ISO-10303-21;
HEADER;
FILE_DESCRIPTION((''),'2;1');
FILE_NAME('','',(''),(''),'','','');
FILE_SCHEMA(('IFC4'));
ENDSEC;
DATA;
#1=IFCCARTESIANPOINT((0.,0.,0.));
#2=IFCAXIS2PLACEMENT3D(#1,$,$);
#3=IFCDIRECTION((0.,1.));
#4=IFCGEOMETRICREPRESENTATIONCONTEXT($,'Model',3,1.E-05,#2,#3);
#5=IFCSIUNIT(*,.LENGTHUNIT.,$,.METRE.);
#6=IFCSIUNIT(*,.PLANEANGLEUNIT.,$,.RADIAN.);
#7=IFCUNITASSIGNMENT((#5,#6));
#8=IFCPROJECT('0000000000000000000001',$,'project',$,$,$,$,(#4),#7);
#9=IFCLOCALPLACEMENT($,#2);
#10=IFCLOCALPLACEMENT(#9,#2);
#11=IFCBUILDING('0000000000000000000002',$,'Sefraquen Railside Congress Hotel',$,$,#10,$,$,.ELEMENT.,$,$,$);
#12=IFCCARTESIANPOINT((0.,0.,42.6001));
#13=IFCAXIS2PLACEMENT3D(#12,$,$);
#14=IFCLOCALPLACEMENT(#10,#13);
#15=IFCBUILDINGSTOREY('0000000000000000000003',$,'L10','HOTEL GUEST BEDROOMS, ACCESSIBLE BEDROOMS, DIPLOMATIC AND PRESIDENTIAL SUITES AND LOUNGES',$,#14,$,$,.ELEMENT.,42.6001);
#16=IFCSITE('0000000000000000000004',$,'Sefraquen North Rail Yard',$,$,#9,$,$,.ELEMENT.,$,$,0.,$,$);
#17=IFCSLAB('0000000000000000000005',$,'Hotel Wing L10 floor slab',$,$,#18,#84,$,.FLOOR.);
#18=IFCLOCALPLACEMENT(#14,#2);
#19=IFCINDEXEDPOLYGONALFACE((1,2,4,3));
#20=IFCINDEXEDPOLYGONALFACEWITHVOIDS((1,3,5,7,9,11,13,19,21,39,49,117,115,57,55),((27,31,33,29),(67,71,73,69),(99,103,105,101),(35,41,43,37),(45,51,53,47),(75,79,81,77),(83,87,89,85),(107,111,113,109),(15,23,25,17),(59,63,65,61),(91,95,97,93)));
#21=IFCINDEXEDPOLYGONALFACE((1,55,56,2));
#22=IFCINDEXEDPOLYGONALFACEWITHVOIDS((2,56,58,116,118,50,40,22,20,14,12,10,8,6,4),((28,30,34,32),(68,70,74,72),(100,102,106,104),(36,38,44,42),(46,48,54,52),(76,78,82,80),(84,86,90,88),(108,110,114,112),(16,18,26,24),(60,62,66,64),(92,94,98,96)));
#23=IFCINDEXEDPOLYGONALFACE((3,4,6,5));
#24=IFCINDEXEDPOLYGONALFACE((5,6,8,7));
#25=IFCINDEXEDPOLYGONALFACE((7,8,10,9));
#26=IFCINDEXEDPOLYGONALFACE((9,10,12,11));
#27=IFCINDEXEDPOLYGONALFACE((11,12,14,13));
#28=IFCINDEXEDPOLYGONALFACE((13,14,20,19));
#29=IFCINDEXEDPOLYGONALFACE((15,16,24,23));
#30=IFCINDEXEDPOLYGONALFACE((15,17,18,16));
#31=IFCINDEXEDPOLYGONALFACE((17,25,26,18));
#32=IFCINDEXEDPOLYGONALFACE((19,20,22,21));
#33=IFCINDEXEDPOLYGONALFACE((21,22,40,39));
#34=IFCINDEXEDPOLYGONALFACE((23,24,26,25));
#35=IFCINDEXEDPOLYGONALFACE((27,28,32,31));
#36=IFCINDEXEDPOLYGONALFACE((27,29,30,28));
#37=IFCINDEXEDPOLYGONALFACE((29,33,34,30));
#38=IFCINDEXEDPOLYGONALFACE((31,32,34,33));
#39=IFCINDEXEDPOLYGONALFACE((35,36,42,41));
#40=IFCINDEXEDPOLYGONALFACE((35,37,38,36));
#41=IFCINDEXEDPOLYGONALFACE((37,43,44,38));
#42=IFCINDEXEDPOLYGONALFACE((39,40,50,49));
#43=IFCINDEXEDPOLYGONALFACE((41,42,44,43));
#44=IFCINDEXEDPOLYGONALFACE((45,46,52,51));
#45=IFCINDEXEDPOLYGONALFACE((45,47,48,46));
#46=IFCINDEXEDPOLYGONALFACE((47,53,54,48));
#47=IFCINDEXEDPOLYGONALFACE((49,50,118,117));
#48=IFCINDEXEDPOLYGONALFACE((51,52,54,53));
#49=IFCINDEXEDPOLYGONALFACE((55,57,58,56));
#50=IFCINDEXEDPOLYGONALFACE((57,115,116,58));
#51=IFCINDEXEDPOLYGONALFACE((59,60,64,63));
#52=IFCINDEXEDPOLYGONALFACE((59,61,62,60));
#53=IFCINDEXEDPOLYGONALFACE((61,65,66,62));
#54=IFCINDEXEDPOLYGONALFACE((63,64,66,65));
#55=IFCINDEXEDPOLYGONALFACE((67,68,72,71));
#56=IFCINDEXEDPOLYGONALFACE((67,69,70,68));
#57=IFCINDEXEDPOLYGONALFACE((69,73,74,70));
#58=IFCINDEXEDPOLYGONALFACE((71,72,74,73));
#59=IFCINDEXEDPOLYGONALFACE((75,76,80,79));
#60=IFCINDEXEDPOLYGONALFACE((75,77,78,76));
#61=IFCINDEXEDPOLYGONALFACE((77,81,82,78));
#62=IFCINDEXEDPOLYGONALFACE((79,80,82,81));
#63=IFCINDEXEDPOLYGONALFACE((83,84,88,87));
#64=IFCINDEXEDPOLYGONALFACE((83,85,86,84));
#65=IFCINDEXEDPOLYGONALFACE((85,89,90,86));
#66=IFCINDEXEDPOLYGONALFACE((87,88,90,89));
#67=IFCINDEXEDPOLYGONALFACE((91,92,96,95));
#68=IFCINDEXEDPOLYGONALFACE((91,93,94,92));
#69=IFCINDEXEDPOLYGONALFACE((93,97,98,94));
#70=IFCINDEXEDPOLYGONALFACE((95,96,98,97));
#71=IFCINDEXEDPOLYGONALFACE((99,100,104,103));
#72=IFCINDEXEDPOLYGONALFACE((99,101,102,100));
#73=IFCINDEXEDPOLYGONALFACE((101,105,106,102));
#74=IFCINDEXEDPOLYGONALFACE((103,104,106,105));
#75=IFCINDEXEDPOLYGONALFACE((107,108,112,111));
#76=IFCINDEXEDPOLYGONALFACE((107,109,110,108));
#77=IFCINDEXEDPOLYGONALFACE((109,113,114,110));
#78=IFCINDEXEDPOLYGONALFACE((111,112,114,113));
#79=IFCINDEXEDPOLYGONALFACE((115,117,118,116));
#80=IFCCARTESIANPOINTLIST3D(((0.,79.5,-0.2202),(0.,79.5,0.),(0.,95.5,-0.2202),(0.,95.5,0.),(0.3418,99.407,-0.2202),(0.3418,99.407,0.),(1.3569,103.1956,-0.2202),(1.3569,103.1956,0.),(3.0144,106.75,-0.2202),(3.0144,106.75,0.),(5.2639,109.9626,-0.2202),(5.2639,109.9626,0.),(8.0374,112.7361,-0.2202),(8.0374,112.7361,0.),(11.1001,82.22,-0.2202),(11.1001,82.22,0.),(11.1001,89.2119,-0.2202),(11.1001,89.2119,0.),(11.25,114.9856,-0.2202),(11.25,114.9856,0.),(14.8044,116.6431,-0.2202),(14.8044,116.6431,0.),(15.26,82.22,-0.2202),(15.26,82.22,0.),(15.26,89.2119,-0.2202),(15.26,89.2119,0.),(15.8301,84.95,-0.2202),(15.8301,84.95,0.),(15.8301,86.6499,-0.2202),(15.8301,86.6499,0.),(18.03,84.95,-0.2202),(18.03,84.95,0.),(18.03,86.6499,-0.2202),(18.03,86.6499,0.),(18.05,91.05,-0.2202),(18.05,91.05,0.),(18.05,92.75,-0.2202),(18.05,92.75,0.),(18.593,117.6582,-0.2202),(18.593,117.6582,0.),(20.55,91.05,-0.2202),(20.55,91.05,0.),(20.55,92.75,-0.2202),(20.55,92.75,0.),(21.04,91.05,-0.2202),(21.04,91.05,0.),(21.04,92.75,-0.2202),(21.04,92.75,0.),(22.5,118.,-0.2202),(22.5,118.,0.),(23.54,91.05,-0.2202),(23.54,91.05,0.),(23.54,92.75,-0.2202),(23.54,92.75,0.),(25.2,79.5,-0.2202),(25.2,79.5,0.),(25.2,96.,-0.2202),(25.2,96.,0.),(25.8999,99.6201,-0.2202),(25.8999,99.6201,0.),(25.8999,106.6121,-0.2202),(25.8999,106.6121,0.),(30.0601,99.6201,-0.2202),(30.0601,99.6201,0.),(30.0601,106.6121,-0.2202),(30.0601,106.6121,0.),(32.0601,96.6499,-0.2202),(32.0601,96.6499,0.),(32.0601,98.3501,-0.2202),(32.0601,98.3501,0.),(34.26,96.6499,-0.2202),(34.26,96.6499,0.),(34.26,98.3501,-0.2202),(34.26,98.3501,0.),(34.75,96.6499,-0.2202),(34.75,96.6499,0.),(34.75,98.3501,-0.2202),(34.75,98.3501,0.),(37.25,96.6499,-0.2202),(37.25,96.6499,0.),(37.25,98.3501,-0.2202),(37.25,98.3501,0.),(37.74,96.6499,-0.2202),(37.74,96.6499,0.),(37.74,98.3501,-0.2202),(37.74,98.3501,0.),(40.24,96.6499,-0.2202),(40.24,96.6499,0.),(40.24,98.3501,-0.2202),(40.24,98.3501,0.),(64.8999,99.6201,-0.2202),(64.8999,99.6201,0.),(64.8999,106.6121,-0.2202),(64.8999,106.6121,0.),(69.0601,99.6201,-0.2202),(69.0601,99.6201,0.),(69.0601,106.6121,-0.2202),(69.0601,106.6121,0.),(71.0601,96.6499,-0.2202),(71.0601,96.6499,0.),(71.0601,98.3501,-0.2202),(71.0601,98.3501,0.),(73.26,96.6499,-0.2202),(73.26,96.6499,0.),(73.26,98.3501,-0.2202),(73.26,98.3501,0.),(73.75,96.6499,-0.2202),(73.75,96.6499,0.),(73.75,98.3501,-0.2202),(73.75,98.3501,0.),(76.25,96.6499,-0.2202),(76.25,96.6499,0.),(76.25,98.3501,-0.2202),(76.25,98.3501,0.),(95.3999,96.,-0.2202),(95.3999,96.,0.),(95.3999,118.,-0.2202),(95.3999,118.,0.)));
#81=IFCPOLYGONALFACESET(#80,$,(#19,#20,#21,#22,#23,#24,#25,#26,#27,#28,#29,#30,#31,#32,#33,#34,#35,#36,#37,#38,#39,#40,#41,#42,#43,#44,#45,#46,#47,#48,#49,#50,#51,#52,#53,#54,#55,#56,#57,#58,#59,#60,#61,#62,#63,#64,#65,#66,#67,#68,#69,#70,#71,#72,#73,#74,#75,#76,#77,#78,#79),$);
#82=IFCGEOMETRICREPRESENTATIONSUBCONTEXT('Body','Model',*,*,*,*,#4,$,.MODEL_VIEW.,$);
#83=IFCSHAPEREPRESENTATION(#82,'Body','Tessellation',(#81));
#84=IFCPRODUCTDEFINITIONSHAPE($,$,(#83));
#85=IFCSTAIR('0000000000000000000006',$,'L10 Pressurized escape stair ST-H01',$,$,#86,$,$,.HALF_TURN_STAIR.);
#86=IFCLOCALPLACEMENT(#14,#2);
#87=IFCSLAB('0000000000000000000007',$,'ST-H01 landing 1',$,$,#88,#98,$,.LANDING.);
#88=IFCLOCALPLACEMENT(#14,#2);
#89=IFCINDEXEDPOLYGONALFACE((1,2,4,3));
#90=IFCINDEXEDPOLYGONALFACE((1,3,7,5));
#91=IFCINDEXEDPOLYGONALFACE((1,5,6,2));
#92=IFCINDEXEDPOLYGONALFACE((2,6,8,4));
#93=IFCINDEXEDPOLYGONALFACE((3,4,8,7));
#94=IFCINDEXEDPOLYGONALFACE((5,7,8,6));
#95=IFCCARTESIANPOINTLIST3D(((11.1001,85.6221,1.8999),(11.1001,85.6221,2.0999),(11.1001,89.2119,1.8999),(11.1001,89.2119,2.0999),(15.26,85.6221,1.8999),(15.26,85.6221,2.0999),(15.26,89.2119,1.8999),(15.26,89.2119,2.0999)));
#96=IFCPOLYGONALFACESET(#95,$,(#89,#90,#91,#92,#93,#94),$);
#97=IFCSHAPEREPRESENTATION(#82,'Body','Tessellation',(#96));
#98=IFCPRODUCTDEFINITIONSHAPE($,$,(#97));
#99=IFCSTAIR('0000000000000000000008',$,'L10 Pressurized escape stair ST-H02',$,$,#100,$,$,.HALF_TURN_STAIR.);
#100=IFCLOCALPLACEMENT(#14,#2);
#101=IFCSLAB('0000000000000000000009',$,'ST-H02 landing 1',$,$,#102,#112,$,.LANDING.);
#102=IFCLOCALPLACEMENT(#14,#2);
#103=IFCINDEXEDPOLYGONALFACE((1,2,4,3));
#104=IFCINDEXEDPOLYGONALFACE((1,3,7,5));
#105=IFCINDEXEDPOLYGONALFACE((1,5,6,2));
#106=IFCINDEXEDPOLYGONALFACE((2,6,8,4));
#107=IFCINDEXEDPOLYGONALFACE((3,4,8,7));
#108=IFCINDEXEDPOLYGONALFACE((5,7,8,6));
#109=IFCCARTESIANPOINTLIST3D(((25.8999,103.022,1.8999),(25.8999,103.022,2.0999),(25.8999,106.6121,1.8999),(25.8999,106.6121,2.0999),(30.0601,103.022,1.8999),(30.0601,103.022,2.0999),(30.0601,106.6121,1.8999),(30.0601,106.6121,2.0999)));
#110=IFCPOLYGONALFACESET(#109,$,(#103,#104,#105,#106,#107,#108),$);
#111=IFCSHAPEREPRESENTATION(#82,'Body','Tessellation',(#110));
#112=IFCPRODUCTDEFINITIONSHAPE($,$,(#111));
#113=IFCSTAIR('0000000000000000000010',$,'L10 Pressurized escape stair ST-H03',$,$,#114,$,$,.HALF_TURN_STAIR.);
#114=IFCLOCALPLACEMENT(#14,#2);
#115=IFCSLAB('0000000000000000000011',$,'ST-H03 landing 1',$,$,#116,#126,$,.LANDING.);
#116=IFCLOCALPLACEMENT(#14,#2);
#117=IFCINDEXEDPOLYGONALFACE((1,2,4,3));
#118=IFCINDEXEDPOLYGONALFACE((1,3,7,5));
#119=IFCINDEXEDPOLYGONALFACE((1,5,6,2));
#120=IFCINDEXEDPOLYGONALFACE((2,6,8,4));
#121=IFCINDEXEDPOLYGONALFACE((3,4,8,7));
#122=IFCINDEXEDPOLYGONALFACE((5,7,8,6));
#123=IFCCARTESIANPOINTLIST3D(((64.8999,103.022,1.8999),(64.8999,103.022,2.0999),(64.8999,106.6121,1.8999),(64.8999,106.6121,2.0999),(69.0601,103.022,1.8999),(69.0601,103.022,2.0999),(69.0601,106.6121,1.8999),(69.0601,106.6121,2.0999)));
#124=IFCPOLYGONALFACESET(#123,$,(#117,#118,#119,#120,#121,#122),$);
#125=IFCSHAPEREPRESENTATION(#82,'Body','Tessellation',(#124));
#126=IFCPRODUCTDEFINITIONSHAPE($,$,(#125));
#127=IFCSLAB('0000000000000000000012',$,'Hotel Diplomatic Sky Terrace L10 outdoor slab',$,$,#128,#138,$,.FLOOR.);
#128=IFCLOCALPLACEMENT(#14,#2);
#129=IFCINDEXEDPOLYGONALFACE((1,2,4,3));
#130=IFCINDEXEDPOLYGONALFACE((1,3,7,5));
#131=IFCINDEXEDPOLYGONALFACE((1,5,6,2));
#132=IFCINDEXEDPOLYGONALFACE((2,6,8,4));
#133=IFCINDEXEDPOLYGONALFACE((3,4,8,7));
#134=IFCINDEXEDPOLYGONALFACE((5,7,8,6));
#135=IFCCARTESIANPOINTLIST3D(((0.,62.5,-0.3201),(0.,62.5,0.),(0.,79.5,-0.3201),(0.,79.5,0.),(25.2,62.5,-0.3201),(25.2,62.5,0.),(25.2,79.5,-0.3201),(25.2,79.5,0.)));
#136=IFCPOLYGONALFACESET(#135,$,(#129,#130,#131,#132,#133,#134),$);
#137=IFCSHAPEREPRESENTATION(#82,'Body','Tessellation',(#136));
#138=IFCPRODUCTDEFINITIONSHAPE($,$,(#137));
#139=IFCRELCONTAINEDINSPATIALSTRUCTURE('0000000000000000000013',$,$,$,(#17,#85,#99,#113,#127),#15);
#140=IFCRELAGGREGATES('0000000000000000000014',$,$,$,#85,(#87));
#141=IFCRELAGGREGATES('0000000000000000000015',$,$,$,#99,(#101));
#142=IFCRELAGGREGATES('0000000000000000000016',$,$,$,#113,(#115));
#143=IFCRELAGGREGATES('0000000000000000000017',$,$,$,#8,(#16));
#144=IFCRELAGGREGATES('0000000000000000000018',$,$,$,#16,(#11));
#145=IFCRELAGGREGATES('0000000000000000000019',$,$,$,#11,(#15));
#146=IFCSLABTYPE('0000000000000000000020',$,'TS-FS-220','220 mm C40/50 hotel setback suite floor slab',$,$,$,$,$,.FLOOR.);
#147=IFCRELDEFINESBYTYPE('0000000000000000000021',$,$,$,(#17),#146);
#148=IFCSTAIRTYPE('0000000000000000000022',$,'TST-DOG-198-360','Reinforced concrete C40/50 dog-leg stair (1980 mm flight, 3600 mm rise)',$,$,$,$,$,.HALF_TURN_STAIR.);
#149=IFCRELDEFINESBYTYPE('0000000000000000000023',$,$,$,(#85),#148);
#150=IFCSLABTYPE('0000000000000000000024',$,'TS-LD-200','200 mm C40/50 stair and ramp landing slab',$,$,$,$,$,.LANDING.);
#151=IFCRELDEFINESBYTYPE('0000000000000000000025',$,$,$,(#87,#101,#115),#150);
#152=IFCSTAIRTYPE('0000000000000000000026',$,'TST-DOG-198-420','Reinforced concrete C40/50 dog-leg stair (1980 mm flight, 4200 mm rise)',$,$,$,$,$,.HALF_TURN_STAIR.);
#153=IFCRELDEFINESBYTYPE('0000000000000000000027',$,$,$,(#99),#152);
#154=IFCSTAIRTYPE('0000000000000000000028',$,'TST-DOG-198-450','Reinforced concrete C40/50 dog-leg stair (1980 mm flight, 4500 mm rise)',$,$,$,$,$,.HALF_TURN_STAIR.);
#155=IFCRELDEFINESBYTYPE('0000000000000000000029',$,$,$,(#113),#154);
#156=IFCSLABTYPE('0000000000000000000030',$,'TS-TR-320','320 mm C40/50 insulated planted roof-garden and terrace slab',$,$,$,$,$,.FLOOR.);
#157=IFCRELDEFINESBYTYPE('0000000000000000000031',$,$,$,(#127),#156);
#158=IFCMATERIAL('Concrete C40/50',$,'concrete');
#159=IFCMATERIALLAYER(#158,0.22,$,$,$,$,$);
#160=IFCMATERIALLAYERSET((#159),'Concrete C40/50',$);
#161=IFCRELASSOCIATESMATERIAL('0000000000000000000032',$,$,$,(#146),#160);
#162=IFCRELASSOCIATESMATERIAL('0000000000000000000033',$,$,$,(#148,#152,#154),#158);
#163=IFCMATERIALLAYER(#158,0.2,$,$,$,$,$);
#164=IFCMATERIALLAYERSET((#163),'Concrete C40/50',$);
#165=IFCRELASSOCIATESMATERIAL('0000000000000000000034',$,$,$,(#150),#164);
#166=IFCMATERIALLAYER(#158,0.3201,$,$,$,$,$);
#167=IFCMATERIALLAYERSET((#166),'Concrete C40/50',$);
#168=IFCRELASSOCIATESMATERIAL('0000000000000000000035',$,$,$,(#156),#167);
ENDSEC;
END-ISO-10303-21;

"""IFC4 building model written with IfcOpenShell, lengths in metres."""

from ifc_helpers import new_model, si_unit, direction, frame, origin, place, context, subcontext, project, spatial, polyline, outline, extrude, material, layer, layer_set, type_object, element, aggregate, save


model = new_model("IFC4")

# Units and contexts
model_context = context("Model", 3, precision=1e-05, world=origin(), true_north=direction((0.0, 1.0)))
body_context = subcontext(model_context, "Body", "Model", "MODEL_VIEW")
ifc_project = project(units=[si_unit("LENGTHUNIT", "METRE"), si_unit("PLANEANGLEUNIT", "RADIAN")], contexts=[model_context])

# Site, building, storey
site_placement = place(None, origin())
site = spatial("IfcSite", under=ifc_project, at=site_placement, Name="Sefraquen North Rail Yard", CompositionType="ELEMENT", RefElevation=0.0)
building_placement = place(site_placement, origin())
building = spatial("IfcBuilding", under=site, at=building_placement, Name="Sefraquen Railside Congress Hotel", CompositionType="ELEMENT")
storey_placement = place(building_placement, frame((0.0, 0.0, 42.6001)))
storey = spatial("IfcBuildingStorey", under=building, at=storey_placement, Name="L10", Description="HOTEL GUEST BEDROOMS, ACCESSIBLE BEDROOMS, DIPLOMATIC AND PRESIDENTIAL SUITES AND LOUNGES", CompositionType="ELEMENT", Elevation=42.6001)

# Slab
ifc_material_1 = material(Name="Concrete C40/50", Category="concrete")
ifc_layer_1 = layer(ifc_material_1, 0.22)
ifc_layer_set_1 = layer_set([ifc_layer_1], Name="Concrete C40/50")
slab_type_1 = type_object("IfcSlabType", Name="TS-FS-220", Description="220 mm C40/50 hotel setback suite floor slab", PredefinedType="FLOOR", material=ifc_layer_set_1)
slab_1_placement = place(storey_placement, frame((0.0, 0.0, -0.2202)))
element("IfcSlab", 1, at=slab_1_placement, inside=storey, type_object=slab_type_1, Name="Hotel Wing L10 floor slab", PredefinedType="FLOOR", context=body_context, shape_type="SweptSolid", body=[
    extrude(outline(polyline([(0.0, 79.5), (25.2, 79.5), (25.2, 96.0), (95.3999, 96.0), (95.3999, 118.0), (22.5, 118.0), (18.593, 117.6582), (14.8044, 116.6431), (11.25, 114.9856), (8.0374, 112.7361), (5.2639, 109.9626), (3.0144, 106.75), (1.3569, 103.1956), (0.3418, 99.407), (0.0, 95.5), (0.0, 79.5)]), holes=[polyline([(11.1001, 82.22), (15.26, 82.22), (15.26, 89.2119), (11.1001, 89.2119), (11.1001, 82.22)]), polyline([(25.8999, 99.6201), (30.0601, 99.6201), (30.0601, 106.6121), (25.8999, 106.6121), (25.8999, 99.6201)]), polyline([(64.8999, 99.6201), (69.0601, 99.6201), (69.0601, 106.6121), (64.8999, 106.6121), (64.8999, 99.6201)]), polyline([(15.8301, 84.95), (18.03, 84.95), (18.03, 86.6499), (15.8301, 86.6499), (15.8301, 84.95)]), polyline([(32.0601, 96.6499), (34.26, 96.6499), (34.26, 98.3501), (32.0601, 98.3501), (32.0601, 96.6499)]), polyline([(71.0601, 96.6499), (73.26, 96.6499), (73.26, 98.3501), (71.0601, 98.3501), (71.0601, 96.6499)]), polyline([(18.05, 91.05), (20.55, 91.05), (20.55, 92.75), (18.05, 92.75), (18.05, 91.05)]), polyline([(21.04, 91.05), (23.54, 91.05), (23.54, 92.75), (21.04, 92.75), (21.04, 91.05)]), polyline([(34.75, 96.6499), (37.25, 96.6499), (37.25, 98.3501), (34.75, 98.3501), (34.75, 96.6499)]), polyline([(37.74, 96.6499), (40.24, 96.6499), (40.24, 98.3501), (37.74, 98.3501), (37.74, 96.6499)]), polyline([(73.75, 96.6499), (76.25, 96.6499), (76.25, 98.3501), (73.75, 98.3501), (73.75, 96.6499)])]), origin(), (0.0, 0.0, 1.0), 0.2202),
])

# Stairs, slabs
stair_type_1 = type_object("IfcStairType", Name="TST-DOG-198-360", Description="Reinforced concrete C40/50 dog-leg stair (1980 mm flight, 3600 mm rise)", PredefinedType="HALF_TURN_STAIR", material=ifc_material_1)
stair_1_placement = place(storey_placement, origin())
stair_1 = element("IfcStair", 2, at=stair_1_placement, inside=storey, type_object=stair_type_1, Name="L10 Pressurized escape stair ST-H01", PredefinedType="HALF_TURN_STAIR")
ifc_layer_2 = layer(ifc_material_1, 0.2)
ifc_layer_set_2 = layer_set([ifc_layer_2], Name="Concrete C40/50")
slab_type_2 = type_object("IfcSlabType", Name="TS-LD-200", Description="200 mm C40/50 stair and ramp landing slab", PredefinedType="LANDING", material=ifc_layer_set_2)
slab_2_placement = place(storey_placement, frame((0.0, 0.0, 1.8999)))
slab_2 = element("IfcSlab", 3, at=slab_2_placement, type_object=slab_type_2, Name="ST-H01 landing 1", PredefinedType="LANDING", context=body_context, shape_type="SweptSolid", body=[
    extrude(outline(polyline([(15.26, 85.6221), (15.26, 89.2119), (11.1001, 89.2119), (11.1001, 85.6221), (15.26, 85.6221)])), origin(), (0.0, 0.0, 1.0), 0.2),
])
aggregate(stair_1, [slab_2])
stair_type_2 = type_object("IfcStairType", Name="TST-DOG-198-420", Description="Reinforced concrete C40/50 dog-leg stair (1980 mm flight, 4200 mm rise)", PredefinedType="HALF_TURN_STAIR", material=ifc_material_1)
stair_2_placement = place(storey_placement, origin())
stair_2 = element("IfcStair", 4, at=stair_2_placement, inside=storey, type_object=stair_type_2, Name="L10 Pressurized escape stair ST-H02", PredefinedType="HALF_TURN_STAIR")
slab_3_placement = place(storey_placement, frame((0.0, 0.0, 1.8999)))
slab_3 = element("IfcSlab", 5, at=slab_3_placement, type_object=slab_type_2, Name="ST-H02 landing 1", PredefinedType="LANDING", context=body_context, shape_type="SweptSolid", body=[
    extrude(outline(polyline([(30.0601, 103.022), (30.0601, 106.6121), (25.8999, 106.6121), (25.8999, 103.022), (30.0601, 103.022)])), origin(), (0.0, 0.0, 1.0), 0.2),
])
aggregate(stair_2, [slab_3])
stair_type_3 = type_object("IfcStairType", Name="TST-DOG-198-450", Description="Reinforced concrete C40/50 dog-leg stair (1980 mm flight, 4500 mm rise)", PredefinedType="HALF_TURN_STAIR", material=ifc_material_1)
stair_3_placement = place(storey_placement, origin())
stair_3 = element("IfcStair", 6, at=stair_3_placement, inside=storey, type_object=stair_type_3, Name="L10 Pressurized escape stair ST-H03", PredefinedType="HALF_TURN_STAIR")
slab_4_placement = place(storey_placement, frame((0.0, 0.0, 1.8999)))
slab_4 = element("IfcSlab", 7, at=slab_4_placement, type_object=slab_type_2, Name="ST-H03 landing 1", PredefinedType="LANDING", context=body_context, shape_type="SweptSolid", body=[
    extrude(outline(polyline([(69.0601, 103.022), (69.0601, 106.6121), (64.8999, 106.6121), (64.8999, 103.022), (69.0601, 103.022)])), origin(), (0.0, 0.0, 1.0), 0.2),
])
aggregate(stair_3, [slab_4])

# Slab
ifc_layer_3 = layer(ifc_material_1, 0.3201)
ifc_layer_set_3 = layer_set([ifc_layer_3], Name="Concrete C40/50")
slab_type_3 = type_object("IfcSlabType", Name="TS-TR-320", Description="320 mm C40/50 insulated planted roof-garden and terrace slab", PredefinedType="FLOOR", material=ifc_layer_set_3)
slab_5_placement = place(storey_placement, frame((0.0, 0.0, -0.3201)))
element("IfcSlab", 8, at=slab_5_placement, inside=storey, type_object=slab_type_3, Name="Hotel Diplomatic Sky Terrace L10 outdoor slab", PredefinedType="FLOOR", context=body_context, shape_type="SweptSolid", body=[
    extrude(outline(polyline([(0.0, 62.5), (25.2, 62.5), (25.2, 79.5), (0.0, 79.5), (0.0, 62.5)])), origin(), (0.0, 0.0, 1.0), 0.3201),
])

save(model, "model.ifc")
